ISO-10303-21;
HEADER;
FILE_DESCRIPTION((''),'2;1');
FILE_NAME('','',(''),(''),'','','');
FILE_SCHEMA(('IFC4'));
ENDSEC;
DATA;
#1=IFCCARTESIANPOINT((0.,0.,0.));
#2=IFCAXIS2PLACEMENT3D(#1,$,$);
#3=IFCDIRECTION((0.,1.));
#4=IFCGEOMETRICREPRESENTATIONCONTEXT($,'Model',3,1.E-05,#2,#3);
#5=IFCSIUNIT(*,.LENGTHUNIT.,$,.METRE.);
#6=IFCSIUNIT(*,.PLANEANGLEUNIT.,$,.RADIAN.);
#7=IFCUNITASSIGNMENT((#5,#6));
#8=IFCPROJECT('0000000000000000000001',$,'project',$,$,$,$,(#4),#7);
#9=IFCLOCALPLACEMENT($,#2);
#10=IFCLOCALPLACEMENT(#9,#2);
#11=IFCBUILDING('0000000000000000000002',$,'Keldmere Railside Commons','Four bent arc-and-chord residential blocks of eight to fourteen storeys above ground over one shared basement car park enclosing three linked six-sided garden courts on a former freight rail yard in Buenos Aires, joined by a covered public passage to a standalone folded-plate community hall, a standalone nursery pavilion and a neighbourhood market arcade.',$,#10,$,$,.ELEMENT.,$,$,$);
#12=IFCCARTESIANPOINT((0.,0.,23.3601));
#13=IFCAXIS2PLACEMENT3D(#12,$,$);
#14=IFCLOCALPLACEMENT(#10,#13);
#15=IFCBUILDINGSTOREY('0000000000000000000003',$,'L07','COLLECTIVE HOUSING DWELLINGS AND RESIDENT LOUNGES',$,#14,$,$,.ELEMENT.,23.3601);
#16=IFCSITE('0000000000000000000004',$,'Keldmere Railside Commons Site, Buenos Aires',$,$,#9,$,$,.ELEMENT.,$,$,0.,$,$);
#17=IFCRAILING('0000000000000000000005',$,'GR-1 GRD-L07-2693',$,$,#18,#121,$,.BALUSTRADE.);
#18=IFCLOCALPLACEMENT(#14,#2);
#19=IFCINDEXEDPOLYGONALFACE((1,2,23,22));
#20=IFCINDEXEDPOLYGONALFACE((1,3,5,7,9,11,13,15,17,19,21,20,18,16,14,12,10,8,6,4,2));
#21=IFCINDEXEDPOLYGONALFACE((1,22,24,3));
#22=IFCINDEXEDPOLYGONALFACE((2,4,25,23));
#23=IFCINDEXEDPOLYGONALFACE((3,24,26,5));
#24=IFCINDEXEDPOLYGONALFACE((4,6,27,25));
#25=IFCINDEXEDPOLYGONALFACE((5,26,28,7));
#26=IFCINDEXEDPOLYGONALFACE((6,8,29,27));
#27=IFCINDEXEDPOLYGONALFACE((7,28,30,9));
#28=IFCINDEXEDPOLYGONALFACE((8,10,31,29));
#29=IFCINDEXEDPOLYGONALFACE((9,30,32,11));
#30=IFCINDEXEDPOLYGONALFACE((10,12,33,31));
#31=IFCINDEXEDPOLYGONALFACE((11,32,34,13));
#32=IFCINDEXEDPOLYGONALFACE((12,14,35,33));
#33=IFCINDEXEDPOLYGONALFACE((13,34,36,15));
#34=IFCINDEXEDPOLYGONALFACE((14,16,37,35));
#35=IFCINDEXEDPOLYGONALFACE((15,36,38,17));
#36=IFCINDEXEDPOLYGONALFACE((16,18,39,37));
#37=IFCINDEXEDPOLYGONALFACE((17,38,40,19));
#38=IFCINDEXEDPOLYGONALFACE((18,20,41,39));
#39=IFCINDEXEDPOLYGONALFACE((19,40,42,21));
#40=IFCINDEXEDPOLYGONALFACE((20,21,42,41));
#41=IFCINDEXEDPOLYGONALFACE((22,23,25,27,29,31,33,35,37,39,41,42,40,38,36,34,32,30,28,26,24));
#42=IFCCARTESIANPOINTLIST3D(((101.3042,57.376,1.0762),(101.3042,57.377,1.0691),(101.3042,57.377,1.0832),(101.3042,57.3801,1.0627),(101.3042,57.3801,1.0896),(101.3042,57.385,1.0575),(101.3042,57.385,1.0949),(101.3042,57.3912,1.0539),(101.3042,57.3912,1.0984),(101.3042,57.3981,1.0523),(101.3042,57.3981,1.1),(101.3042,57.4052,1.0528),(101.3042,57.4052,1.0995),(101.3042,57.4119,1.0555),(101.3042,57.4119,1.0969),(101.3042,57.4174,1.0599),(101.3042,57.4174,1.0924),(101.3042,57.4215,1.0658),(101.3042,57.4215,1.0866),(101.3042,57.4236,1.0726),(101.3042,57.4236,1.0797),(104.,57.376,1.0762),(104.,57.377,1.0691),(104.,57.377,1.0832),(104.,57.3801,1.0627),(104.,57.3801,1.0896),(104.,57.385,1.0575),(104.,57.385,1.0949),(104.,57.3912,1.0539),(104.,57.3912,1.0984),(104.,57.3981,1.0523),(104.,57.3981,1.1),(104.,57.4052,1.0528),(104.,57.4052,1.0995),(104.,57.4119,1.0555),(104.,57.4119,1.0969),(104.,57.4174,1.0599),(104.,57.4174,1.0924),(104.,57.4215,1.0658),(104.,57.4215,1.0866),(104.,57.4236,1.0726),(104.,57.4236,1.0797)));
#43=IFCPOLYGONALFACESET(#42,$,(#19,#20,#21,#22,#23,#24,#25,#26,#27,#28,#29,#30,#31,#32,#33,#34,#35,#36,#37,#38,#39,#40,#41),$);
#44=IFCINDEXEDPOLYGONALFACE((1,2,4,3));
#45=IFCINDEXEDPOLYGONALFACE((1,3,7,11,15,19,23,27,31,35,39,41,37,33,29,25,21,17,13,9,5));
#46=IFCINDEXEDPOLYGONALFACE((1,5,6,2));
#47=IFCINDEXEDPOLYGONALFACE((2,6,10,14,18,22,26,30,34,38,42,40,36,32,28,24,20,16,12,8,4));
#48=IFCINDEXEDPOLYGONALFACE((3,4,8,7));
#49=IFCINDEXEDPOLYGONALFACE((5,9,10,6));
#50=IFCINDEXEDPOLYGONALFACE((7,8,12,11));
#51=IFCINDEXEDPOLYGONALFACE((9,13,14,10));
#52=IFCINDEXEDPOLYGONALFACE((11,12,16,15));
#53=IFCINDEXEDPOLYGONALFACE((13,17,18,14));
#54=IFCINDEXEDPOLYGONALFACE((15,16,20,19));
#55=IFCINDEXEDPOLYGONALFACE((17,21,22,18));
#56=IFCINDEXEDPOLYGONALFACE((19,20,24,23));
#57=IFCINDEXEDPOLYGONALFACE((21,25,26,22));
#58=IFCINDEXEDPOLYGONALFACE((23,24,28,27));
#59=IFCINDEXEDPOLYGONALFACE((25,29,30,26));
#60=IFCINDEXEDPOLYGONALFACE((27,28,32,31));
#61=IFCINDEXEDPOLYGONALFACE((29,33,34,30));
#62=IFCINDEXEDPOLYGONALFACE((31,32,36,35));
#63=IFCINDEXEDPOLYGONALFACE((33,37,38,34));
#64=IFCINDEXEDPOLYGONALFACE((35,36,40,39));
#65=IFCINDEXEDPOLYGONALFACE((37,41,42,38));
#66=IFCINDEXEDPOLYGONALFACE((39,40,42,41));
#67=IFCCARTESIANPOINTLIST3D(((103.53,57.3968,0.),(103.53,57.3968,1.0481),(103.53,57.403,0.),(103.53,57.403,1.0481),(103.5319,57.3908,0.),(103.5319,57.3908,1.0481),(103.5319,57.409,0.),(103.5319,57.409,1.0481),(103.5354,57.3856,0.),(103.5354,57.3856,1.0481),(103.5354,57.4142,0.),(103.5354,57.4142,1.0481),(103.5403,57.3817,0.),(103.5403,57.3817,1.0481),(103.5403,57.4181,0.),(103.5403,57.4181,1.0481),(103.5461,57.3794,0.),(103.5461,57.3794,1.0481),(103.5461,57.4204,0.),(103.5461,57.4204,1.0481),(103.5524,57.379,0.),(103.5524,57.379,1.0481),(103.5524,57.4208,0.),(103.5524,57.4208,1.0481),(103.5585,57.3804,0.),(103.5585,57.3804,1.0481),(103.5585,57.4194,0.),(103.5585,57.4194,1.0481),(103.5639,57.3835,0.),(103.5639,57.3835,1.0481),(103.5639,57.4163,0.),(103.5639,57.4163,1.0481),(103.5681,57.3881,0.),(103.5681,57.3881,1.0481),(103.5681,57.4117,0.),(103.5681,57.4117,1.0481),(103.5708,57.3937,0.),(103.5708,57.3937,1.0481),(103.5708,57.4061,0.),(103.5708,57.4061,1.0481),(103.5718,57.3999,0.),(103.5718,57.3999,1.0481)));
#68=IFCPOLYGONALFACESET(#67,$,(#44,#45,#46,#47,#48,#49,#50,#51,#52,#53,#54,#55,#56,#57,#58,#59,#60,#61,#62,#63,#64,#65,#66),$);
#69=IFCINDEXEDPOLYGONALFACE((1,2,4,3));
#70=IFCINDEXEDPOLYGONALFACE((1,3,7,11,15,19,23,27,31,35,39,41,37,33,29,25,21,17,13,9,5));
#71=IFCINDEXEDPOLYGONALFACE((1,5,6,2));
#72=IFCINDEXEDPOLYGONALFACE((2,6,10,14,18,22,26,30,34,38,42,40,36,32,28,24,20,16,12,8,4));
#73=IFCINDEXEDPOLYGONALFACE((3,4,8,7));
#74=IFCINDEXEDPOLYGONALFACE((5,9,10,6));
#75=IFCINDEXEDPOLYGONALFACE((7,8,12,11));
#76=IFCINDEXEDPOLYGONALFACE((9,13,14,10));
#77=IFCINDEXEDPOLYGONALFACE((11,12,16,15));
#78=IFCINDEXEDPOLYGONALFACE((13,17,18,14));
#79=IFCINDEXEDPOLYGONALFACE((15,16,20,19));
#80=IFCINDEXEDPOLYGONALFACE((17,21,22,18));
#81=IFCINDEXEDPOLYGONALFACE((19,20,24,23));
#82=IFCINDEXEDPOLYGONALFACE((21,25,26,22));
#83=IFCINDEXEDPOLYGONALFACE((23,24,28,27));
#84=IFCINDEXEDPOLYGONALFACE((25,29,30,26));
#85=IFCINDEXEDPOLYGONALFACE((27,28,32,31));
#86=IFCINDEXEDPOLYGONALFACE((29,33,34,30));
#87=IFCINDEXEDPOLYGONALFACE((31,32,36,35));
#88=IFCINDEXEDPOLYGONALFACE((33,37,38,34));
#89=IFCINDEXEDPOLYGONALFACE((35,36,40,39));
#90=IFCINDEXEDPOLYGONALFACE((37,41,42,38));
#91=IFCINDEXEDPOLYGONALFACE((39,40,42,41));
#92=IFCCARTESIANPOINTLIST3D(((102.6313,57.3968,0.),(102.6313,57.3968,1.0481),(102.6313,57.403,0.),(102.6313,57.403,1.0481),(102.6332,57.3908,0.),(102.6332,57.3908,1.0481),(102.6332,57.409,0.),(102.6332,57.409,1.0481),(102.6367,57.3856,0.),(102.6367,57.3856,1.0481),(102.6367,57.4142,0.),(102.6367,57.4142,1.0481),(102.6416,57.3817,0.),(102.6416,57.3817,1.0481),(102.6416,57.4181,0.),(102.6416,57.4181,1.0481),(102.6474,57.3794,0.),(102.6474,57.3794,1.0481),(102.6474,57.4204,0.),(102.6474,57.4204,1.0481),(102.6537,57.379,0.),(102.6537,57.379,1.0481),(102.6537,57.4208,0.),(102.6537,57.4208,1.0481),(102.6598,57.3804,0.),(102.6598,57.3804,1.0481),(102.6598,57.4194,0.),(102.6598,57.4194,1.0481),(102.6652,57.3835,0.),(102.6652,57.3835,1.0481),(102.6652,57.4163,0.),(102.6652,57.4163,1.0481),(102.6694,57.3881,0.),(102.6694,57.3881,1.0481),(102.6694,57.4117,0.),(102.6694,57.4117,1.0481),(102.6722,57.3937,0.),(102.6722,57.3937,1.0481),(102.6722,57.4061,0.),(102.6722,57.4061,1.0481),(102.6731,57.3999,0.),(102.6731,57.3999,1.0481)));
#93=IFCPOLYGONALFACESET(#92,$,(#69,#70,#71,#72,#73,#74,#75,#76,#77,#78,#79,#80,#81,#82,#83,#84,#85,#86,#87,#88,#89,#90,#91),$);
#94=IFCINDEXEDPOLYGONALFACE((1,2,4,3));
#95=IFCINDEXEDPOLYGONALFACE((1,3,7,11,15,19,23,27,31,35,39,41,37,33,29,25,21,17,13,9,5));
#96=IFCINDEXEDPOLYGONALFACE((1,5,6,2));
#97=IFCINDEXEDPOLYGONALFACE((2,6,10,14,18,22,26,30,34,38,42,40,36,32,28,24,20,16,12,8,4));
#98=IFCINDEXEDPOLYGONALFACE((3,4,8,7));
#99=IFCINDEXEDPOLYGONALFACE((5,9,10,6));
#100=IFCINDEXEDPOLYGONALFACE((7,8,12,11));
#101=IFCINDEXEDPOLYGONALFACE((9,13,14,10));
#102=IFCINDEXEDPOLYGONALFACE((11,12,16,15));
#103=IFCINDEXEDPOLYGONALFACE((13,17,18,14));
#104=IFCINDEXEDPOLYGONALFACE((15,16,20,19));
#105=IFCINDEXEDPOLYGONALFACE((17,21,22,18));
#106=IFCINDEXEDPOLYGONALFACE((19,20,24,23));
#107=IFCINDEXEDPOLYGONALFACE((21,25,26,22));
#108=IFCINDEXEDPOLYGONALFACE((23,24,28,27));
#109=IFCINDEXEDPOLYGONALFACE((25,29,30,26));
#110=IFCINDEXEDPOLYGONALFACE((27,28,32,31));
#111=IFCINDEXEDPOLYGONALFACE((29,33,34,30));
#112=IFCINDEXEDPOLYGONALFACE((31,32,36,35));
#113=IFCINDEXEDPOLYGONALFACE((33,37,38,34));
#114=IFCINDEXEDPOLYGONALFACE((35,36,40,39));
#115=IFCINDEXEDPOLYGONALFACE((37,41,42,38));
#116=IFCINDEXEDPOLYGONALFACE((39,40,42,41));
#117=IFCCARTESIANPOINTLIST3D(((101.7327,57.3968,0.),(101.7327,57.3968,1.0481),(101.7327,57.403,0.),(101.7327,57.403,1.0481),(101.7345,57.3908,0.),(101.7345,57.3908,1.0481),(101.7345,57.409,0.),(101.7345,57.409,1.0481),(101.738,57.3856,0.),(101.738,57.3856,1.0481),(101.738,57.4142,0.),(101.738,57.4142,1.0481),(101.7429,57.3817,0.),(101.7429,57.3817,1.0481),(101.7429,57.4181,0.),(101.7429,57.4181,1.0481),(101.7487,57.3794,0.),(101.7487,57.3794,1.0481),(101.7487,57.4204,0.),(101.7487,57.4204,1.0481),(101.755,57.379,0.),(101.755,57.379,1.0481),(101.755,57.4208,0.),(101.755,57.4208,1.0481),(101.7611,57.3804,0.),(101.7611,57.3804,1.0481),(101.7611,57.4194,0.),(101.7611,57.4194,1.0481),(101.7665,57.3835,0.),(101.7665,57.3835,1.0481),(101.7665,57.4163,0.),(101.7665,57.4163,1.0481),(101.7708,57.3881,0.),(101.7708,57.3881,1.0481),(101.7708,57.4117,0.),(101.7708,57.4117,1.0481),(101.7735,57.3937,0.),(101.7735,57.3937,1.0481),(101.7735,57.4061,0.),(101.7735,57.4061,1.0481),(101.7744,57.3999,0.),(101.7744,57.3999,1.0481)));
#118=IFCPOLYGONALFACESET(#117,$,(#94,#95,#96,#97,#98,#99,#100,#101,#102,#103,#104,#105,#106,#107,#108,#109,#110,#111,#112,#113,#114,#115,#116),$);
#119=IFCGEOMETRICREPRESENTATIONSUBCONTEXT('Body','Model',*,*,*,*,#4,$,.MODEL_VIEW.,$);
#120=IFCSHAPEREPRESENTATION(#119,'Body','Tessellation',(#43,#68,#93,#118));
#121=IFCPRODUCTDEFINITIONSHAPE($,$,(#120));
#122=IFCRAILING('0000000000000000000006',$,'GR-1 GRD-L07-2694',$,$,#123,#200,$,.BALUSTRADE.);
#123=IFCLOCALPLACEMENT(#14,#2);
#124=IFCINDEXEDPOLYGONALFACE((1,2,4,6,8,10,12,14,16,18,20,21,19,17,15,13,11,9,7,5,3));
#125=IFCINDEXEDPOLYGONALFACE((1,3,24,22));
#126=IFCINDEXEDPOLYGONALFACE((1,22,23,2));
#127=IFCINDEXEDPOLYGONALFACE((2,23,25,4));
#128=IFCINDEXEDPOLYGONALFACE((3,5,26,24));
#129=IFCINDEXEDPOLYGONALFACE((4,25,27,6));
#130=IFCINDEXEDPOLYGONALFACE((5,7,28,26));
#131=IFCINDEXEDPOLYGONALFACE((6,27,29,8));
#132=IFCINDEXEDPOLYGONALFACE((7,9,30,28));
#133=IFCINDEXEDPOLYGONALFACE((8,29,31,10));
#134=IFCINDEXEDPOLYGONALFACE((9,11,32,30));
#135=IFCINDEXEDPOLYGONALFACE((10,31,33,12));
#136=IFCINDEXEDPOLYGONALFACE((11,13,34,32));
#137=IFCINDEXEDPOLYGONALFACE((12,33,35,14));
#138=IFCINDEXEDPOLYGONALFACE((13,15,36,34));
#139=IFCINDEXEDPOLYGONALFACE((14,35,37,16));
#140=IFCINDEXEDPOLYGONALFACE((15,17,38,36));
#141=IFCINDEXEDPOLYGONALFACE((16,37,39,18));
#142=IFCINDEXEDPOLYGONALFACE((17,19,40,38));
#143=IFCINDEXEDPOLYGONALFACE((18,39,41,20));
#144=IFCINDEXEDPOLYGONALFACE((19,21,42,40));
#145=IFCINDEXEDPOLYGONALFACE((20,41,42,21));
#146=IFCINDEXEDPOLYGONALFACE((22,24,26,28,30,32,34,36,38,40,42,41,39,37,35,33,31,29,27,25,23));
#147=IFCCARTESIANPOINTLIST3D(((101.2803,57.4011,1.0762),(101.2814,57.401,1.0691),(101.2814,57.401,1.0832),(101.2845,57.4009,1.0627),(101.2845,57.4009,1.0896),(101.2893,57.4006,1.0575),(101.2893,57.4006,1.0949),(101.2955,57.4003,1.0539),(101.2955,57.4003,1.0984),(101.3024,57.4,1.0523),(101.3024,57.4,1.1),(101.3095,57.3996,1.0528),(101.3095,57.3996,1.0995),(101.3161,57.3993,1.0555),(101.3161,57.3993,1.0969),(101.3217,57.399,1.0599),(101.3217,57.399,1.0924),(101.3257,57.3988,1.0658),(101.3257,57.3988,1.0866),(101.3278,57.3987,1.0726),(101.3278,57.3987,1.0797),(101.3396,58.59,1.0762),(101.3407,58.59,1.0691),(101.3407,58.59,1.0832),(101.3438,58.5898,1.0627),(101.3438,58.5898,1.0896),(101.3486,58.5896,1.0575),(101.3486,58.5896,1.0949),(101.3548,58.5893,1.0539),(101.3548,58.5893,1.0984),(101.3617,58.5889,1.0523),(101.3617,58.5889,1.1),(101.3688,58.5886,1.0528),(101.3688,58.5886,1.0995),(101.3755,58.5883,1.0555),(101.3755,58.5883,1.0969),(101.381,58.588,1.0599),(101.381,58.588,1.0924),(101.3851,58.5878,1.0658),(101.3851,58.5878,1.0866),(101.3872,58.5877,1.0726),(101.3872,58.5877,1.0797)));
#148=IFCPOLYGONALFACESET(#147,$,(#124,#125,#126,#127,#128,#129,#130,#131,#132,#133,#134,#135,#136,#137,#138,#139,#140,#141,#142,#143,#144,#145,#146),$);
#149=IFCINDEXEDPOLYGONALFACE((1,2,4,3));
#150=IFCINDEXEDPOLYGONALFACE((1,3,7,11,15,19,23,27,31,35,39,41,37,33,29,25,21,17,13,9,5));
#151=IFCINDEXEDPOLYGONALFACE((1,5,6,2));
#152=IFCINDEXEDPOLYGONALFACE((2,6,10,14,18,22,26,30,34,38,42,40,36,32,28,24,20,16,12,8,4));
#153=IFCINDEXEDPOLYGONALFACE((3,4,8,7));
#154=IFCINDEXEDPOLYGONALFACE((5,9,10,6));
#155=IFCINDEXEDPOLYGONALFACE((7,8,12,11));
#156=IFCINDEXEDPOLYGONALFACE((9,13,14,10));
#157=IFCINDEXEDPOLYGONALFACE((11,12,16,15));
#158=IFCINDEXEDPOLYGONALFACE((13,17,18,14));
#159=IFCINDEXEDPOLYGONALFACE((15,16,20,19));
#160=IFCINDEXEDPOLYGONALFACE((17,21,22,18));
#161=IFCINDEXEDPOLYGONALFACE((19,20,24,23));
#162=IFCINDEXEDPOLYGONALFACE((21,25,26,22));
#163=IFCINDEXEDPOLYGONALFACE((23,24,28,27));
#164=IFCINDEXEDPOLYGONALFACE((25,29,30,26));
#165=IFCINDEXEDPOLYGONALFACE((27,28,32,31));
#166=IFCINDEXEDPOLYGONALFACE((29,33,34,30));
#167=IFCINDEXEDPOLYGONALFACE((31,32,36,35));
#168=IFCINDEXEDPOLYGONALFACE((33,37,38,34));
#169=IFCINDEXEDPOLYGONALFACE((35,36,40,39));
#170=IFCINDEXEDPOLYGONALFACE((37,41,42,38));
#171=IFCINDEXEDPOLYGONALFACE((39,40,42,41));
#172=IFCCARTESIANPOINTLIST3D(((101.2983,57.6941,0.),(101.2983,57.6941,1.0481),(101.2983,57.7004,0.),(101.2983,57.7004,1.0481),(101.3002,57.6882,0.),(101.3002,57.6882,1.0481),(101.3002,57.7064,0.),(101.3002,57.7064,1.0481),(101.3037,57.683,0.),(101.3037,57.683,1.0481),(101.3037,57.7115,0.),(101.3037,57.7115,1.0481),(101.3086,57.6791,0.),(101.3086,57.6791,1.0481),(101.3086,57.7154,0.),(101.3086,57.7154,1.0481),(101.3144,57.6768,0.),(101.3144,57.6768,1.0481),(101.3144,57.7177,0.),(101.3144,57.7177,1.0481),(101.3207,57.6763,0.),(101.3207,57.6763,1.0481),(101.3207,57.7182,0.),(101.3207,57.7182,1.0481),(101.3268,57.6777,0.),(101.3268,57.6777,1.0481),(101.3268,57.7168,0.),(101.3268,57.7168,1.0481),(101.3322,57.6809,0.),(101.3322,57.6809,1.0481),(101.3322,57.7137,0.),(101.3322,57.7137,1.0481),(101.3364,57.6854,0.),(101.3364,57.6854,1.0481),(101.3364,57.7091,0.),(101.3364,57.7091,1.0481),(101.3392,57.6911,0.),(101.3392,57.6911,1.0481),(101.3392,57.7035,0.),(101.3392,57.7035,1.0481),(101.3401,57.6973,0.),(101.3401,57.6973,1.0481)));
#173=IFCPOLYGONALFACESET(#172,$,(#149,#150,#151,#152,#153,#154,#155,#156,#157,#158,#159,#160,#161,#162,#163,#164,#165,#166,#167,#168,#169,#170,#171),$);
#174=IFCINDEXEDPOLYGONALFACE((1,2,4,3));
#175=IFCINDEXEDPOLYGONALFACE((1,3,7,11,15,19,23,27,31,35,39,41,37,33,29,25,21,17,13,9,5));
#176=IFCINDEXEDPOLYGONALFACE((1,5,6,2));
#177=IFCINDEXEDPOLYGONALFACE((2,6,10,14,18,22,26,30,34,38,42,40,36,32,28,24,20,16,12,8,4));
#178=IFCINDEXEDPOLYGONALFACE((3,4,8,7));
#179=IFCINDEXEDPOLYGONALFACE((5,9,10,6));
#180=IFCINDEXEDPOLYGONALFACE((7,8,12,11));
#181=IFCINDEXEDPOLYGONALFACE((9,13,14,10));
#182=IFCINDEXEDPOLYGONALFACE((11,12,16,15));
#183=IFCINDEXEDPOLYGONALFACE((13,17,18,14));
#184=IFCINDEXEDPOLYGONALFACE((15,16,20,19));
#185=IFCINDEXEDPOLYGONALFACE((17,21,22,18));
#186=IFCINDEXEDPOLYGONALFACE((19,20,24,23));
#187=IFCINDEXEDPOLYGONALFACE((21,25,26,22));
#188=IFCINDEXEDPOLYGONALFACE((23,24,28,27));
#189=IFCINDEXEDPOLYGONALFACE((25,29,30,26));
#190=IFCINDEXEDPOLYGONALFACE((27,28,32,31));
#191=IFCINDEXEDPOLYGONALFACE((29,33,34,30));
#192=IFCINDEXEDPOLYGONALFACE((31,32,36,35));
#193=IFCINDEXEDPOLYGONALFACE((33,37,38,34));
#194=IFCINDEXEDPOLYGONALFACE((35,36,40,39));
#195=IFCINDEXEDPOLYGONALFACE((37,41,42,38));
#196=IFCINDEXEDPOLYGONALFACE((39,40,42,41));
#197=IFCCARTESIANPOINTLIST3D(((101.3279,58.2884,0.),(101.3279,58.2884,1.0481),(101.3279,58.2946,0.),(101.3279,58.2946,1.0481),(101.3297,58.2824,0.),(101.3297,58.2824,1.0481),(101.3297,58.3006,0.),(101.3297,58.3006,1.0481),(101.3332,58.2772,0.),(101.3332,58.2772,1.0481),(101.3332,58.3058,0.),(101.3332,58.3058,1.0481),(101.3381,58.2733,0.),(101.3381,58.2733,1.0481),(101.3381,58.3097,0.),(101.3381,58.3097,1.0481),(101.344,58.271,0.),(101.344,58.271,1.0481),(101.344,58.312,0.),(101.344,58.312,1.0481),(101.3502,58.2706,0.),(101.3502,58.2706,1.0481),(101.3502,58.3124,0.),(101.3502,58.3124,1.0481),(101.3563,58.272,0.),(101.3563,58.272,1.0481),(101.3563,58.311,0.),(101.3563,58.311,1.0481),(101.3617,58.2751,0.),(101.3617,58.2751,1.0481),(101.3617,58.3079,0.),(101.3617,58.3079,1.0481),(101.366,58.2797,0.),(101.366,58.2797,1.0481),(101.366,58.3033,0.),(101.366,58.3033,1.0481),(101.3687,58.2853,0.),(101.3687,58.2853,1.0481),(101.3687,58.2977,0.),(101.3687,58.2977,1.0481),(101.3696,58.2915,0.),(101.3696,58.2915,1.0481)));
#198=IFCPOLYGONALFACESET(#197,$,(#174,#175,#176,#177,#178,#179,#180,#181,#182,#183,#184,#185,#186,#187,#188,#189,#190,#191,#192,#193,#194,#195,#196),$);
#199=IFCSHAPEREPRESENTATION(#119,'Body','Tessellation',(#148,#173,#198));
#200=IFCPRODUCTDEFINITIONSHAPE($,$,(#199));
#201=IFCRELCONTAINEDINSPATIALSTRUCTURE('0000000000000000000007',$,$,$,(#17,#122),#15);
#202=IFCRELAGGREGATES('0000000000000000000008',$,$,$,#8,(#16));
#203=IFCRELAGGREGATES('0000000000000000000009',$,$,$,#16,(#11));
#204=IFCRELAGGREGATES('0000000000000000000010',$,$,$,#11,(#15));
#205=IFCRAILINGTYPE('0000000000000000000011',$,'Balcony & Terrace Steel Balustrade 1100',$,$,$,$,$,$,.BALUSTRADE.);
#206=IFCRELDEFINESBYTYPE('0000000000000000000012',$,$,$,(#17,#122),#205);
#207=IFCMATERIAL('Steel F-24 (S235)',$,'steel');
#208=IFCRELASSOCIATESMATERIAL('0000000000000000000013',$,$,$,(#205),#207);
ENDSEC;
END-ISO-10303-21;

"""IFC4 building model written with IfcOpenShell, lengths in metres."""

from ifc_helpers import new_model, si_unit, direction, frame, origin, origin_2d, place, context, subcontext, project, spatial, circle, extrude, material, type_object, element, save


model = new_model("IFC4")

# Units and contexts
model_context = context("Model", 3, precision=1e-05, world=origin(), true_north=direction((0.0, 1.0)))
body_context = subcontext(model_context, "Body", "Model", "MODEL_VIEW")
ifc_project = project(units=[si_unit("LENGTHUNIT", "METRE"), si_unit("PLANEANGLEUNIT", "RADIAN")], contexts=[model_context])

# Site, building, storey
site_placement = place(None, origin())
site = spatial("IfcSite", under=ifc_project, at=site_placement, Name="Keldmere Railside Commons Site, Buenos Aires", CompositionType="ELEMENT", RefElevation=0.0)
building_placement = place(site_placement, origin())
building = spatial("IfcBuilding", under=site, at=building_placement, Name="Keldmere Railside Commons", Description="Four bent arc-and-chord residential blocks of eight to fourteen storeys above ground over one shared basement car park enclosing three linked six-sided garden courts on a former freight rail yard in Buenos Aires, joined by a covered public passage to a standalone folded-plate community hall, a standalone nursery pavilion and a neighbourhood market arcade.", CompositionType="ELEMENT")
storey_placement = place(building_placement, frame((0.0, 0.0, 23.3601)))
storey = spatial("IfcBuildingStorey", under=building, at=storey_placement, Name="L07", Description="COLLECTIVE HOUSING DWELLINGS AND RESIDENT LOUNGES", CompositionType="ELEMENT", Elevation=23.3601)

# Railings
ifc_material_1 = material(Name="Steel F-24 (S235)", Category="steel")
railing_type = type_object("IfcRailingType", Name="Balcony & Terrace Steel Balustrade 1100", PredefinedType="BALUSTRADE", material=ifc_material_1)
railing_1_placement = place(storey_placement, frame((104.0, 57.3999, 0.0)))
element("IfcRailing", 1, at=railing_1_placement, inside=storey, type_object=railing_type, Name="GR-1 GRD-L07-2693", PredefinedType="BALUSTRADE", context=body_context, shape_type="SweptSolid", body=[
    extrude(circle(Radius=0.0239, at=origin_2d()), frame((0.0, 0.0, 1.0762), z_axis=(-1.0, 0.0, 0.0), x_axis=(0.0, -1.0, 0.0)), (0.0, 0.0, 1.0), 2.6958),
    extrude(circle(Radius=0.021, at=origin_2d()), frame((-0.4492, 0.0, 0.0)), (0.0, 0.0, 1.0), 1.0481),
    extrude(circle(Radius=0.021, at=origin_2d()), frame((-1.3479, 0.0, 0.0)), (0.0, 0.0, 1.0), 1.0481),
    extrude(circle(Radius=0.021, at=origin_2d()), frame((-2.2466, 0.0, 0.0)), (0.0, 0.0, 1.0), 1.0481),
])
railing_2_placement = place(storey_placement, frame((101.3042, 57.3999, 0.0)))
element("IfcRailing", 2, at=railing_2_placement, inside=storey, type_object=railing_type, Name="GR-1 GRD-L07-2694", PredefinedType="BALUSTRADE", context=body_context, shape_type="SweptSolid", body=[
    extrude(circle(Radius=0.0239, at=origin_2d()), frame((0.0, 0.0, 1.0762), z_axis=(0.049835, 0.998757, 0.0), x_axis=(-0.998757, 0.049835, 0.0)), (0.0, 0.0, 1.0), 1.1904),
    extrude(circle(Radius=0.021, at=origin_2d()), frame((0.0149, 0.2974, 0.0)), (0.0, 0.0, 1.0), 1.0481),
    extrude(circle(Radius=0.021, at=origin_2d()), frame((0.0444, 0.8916, 0.0)), (0.0, 0.0, 1.0), 1.0481),
])

save(model, "model.ifc")
